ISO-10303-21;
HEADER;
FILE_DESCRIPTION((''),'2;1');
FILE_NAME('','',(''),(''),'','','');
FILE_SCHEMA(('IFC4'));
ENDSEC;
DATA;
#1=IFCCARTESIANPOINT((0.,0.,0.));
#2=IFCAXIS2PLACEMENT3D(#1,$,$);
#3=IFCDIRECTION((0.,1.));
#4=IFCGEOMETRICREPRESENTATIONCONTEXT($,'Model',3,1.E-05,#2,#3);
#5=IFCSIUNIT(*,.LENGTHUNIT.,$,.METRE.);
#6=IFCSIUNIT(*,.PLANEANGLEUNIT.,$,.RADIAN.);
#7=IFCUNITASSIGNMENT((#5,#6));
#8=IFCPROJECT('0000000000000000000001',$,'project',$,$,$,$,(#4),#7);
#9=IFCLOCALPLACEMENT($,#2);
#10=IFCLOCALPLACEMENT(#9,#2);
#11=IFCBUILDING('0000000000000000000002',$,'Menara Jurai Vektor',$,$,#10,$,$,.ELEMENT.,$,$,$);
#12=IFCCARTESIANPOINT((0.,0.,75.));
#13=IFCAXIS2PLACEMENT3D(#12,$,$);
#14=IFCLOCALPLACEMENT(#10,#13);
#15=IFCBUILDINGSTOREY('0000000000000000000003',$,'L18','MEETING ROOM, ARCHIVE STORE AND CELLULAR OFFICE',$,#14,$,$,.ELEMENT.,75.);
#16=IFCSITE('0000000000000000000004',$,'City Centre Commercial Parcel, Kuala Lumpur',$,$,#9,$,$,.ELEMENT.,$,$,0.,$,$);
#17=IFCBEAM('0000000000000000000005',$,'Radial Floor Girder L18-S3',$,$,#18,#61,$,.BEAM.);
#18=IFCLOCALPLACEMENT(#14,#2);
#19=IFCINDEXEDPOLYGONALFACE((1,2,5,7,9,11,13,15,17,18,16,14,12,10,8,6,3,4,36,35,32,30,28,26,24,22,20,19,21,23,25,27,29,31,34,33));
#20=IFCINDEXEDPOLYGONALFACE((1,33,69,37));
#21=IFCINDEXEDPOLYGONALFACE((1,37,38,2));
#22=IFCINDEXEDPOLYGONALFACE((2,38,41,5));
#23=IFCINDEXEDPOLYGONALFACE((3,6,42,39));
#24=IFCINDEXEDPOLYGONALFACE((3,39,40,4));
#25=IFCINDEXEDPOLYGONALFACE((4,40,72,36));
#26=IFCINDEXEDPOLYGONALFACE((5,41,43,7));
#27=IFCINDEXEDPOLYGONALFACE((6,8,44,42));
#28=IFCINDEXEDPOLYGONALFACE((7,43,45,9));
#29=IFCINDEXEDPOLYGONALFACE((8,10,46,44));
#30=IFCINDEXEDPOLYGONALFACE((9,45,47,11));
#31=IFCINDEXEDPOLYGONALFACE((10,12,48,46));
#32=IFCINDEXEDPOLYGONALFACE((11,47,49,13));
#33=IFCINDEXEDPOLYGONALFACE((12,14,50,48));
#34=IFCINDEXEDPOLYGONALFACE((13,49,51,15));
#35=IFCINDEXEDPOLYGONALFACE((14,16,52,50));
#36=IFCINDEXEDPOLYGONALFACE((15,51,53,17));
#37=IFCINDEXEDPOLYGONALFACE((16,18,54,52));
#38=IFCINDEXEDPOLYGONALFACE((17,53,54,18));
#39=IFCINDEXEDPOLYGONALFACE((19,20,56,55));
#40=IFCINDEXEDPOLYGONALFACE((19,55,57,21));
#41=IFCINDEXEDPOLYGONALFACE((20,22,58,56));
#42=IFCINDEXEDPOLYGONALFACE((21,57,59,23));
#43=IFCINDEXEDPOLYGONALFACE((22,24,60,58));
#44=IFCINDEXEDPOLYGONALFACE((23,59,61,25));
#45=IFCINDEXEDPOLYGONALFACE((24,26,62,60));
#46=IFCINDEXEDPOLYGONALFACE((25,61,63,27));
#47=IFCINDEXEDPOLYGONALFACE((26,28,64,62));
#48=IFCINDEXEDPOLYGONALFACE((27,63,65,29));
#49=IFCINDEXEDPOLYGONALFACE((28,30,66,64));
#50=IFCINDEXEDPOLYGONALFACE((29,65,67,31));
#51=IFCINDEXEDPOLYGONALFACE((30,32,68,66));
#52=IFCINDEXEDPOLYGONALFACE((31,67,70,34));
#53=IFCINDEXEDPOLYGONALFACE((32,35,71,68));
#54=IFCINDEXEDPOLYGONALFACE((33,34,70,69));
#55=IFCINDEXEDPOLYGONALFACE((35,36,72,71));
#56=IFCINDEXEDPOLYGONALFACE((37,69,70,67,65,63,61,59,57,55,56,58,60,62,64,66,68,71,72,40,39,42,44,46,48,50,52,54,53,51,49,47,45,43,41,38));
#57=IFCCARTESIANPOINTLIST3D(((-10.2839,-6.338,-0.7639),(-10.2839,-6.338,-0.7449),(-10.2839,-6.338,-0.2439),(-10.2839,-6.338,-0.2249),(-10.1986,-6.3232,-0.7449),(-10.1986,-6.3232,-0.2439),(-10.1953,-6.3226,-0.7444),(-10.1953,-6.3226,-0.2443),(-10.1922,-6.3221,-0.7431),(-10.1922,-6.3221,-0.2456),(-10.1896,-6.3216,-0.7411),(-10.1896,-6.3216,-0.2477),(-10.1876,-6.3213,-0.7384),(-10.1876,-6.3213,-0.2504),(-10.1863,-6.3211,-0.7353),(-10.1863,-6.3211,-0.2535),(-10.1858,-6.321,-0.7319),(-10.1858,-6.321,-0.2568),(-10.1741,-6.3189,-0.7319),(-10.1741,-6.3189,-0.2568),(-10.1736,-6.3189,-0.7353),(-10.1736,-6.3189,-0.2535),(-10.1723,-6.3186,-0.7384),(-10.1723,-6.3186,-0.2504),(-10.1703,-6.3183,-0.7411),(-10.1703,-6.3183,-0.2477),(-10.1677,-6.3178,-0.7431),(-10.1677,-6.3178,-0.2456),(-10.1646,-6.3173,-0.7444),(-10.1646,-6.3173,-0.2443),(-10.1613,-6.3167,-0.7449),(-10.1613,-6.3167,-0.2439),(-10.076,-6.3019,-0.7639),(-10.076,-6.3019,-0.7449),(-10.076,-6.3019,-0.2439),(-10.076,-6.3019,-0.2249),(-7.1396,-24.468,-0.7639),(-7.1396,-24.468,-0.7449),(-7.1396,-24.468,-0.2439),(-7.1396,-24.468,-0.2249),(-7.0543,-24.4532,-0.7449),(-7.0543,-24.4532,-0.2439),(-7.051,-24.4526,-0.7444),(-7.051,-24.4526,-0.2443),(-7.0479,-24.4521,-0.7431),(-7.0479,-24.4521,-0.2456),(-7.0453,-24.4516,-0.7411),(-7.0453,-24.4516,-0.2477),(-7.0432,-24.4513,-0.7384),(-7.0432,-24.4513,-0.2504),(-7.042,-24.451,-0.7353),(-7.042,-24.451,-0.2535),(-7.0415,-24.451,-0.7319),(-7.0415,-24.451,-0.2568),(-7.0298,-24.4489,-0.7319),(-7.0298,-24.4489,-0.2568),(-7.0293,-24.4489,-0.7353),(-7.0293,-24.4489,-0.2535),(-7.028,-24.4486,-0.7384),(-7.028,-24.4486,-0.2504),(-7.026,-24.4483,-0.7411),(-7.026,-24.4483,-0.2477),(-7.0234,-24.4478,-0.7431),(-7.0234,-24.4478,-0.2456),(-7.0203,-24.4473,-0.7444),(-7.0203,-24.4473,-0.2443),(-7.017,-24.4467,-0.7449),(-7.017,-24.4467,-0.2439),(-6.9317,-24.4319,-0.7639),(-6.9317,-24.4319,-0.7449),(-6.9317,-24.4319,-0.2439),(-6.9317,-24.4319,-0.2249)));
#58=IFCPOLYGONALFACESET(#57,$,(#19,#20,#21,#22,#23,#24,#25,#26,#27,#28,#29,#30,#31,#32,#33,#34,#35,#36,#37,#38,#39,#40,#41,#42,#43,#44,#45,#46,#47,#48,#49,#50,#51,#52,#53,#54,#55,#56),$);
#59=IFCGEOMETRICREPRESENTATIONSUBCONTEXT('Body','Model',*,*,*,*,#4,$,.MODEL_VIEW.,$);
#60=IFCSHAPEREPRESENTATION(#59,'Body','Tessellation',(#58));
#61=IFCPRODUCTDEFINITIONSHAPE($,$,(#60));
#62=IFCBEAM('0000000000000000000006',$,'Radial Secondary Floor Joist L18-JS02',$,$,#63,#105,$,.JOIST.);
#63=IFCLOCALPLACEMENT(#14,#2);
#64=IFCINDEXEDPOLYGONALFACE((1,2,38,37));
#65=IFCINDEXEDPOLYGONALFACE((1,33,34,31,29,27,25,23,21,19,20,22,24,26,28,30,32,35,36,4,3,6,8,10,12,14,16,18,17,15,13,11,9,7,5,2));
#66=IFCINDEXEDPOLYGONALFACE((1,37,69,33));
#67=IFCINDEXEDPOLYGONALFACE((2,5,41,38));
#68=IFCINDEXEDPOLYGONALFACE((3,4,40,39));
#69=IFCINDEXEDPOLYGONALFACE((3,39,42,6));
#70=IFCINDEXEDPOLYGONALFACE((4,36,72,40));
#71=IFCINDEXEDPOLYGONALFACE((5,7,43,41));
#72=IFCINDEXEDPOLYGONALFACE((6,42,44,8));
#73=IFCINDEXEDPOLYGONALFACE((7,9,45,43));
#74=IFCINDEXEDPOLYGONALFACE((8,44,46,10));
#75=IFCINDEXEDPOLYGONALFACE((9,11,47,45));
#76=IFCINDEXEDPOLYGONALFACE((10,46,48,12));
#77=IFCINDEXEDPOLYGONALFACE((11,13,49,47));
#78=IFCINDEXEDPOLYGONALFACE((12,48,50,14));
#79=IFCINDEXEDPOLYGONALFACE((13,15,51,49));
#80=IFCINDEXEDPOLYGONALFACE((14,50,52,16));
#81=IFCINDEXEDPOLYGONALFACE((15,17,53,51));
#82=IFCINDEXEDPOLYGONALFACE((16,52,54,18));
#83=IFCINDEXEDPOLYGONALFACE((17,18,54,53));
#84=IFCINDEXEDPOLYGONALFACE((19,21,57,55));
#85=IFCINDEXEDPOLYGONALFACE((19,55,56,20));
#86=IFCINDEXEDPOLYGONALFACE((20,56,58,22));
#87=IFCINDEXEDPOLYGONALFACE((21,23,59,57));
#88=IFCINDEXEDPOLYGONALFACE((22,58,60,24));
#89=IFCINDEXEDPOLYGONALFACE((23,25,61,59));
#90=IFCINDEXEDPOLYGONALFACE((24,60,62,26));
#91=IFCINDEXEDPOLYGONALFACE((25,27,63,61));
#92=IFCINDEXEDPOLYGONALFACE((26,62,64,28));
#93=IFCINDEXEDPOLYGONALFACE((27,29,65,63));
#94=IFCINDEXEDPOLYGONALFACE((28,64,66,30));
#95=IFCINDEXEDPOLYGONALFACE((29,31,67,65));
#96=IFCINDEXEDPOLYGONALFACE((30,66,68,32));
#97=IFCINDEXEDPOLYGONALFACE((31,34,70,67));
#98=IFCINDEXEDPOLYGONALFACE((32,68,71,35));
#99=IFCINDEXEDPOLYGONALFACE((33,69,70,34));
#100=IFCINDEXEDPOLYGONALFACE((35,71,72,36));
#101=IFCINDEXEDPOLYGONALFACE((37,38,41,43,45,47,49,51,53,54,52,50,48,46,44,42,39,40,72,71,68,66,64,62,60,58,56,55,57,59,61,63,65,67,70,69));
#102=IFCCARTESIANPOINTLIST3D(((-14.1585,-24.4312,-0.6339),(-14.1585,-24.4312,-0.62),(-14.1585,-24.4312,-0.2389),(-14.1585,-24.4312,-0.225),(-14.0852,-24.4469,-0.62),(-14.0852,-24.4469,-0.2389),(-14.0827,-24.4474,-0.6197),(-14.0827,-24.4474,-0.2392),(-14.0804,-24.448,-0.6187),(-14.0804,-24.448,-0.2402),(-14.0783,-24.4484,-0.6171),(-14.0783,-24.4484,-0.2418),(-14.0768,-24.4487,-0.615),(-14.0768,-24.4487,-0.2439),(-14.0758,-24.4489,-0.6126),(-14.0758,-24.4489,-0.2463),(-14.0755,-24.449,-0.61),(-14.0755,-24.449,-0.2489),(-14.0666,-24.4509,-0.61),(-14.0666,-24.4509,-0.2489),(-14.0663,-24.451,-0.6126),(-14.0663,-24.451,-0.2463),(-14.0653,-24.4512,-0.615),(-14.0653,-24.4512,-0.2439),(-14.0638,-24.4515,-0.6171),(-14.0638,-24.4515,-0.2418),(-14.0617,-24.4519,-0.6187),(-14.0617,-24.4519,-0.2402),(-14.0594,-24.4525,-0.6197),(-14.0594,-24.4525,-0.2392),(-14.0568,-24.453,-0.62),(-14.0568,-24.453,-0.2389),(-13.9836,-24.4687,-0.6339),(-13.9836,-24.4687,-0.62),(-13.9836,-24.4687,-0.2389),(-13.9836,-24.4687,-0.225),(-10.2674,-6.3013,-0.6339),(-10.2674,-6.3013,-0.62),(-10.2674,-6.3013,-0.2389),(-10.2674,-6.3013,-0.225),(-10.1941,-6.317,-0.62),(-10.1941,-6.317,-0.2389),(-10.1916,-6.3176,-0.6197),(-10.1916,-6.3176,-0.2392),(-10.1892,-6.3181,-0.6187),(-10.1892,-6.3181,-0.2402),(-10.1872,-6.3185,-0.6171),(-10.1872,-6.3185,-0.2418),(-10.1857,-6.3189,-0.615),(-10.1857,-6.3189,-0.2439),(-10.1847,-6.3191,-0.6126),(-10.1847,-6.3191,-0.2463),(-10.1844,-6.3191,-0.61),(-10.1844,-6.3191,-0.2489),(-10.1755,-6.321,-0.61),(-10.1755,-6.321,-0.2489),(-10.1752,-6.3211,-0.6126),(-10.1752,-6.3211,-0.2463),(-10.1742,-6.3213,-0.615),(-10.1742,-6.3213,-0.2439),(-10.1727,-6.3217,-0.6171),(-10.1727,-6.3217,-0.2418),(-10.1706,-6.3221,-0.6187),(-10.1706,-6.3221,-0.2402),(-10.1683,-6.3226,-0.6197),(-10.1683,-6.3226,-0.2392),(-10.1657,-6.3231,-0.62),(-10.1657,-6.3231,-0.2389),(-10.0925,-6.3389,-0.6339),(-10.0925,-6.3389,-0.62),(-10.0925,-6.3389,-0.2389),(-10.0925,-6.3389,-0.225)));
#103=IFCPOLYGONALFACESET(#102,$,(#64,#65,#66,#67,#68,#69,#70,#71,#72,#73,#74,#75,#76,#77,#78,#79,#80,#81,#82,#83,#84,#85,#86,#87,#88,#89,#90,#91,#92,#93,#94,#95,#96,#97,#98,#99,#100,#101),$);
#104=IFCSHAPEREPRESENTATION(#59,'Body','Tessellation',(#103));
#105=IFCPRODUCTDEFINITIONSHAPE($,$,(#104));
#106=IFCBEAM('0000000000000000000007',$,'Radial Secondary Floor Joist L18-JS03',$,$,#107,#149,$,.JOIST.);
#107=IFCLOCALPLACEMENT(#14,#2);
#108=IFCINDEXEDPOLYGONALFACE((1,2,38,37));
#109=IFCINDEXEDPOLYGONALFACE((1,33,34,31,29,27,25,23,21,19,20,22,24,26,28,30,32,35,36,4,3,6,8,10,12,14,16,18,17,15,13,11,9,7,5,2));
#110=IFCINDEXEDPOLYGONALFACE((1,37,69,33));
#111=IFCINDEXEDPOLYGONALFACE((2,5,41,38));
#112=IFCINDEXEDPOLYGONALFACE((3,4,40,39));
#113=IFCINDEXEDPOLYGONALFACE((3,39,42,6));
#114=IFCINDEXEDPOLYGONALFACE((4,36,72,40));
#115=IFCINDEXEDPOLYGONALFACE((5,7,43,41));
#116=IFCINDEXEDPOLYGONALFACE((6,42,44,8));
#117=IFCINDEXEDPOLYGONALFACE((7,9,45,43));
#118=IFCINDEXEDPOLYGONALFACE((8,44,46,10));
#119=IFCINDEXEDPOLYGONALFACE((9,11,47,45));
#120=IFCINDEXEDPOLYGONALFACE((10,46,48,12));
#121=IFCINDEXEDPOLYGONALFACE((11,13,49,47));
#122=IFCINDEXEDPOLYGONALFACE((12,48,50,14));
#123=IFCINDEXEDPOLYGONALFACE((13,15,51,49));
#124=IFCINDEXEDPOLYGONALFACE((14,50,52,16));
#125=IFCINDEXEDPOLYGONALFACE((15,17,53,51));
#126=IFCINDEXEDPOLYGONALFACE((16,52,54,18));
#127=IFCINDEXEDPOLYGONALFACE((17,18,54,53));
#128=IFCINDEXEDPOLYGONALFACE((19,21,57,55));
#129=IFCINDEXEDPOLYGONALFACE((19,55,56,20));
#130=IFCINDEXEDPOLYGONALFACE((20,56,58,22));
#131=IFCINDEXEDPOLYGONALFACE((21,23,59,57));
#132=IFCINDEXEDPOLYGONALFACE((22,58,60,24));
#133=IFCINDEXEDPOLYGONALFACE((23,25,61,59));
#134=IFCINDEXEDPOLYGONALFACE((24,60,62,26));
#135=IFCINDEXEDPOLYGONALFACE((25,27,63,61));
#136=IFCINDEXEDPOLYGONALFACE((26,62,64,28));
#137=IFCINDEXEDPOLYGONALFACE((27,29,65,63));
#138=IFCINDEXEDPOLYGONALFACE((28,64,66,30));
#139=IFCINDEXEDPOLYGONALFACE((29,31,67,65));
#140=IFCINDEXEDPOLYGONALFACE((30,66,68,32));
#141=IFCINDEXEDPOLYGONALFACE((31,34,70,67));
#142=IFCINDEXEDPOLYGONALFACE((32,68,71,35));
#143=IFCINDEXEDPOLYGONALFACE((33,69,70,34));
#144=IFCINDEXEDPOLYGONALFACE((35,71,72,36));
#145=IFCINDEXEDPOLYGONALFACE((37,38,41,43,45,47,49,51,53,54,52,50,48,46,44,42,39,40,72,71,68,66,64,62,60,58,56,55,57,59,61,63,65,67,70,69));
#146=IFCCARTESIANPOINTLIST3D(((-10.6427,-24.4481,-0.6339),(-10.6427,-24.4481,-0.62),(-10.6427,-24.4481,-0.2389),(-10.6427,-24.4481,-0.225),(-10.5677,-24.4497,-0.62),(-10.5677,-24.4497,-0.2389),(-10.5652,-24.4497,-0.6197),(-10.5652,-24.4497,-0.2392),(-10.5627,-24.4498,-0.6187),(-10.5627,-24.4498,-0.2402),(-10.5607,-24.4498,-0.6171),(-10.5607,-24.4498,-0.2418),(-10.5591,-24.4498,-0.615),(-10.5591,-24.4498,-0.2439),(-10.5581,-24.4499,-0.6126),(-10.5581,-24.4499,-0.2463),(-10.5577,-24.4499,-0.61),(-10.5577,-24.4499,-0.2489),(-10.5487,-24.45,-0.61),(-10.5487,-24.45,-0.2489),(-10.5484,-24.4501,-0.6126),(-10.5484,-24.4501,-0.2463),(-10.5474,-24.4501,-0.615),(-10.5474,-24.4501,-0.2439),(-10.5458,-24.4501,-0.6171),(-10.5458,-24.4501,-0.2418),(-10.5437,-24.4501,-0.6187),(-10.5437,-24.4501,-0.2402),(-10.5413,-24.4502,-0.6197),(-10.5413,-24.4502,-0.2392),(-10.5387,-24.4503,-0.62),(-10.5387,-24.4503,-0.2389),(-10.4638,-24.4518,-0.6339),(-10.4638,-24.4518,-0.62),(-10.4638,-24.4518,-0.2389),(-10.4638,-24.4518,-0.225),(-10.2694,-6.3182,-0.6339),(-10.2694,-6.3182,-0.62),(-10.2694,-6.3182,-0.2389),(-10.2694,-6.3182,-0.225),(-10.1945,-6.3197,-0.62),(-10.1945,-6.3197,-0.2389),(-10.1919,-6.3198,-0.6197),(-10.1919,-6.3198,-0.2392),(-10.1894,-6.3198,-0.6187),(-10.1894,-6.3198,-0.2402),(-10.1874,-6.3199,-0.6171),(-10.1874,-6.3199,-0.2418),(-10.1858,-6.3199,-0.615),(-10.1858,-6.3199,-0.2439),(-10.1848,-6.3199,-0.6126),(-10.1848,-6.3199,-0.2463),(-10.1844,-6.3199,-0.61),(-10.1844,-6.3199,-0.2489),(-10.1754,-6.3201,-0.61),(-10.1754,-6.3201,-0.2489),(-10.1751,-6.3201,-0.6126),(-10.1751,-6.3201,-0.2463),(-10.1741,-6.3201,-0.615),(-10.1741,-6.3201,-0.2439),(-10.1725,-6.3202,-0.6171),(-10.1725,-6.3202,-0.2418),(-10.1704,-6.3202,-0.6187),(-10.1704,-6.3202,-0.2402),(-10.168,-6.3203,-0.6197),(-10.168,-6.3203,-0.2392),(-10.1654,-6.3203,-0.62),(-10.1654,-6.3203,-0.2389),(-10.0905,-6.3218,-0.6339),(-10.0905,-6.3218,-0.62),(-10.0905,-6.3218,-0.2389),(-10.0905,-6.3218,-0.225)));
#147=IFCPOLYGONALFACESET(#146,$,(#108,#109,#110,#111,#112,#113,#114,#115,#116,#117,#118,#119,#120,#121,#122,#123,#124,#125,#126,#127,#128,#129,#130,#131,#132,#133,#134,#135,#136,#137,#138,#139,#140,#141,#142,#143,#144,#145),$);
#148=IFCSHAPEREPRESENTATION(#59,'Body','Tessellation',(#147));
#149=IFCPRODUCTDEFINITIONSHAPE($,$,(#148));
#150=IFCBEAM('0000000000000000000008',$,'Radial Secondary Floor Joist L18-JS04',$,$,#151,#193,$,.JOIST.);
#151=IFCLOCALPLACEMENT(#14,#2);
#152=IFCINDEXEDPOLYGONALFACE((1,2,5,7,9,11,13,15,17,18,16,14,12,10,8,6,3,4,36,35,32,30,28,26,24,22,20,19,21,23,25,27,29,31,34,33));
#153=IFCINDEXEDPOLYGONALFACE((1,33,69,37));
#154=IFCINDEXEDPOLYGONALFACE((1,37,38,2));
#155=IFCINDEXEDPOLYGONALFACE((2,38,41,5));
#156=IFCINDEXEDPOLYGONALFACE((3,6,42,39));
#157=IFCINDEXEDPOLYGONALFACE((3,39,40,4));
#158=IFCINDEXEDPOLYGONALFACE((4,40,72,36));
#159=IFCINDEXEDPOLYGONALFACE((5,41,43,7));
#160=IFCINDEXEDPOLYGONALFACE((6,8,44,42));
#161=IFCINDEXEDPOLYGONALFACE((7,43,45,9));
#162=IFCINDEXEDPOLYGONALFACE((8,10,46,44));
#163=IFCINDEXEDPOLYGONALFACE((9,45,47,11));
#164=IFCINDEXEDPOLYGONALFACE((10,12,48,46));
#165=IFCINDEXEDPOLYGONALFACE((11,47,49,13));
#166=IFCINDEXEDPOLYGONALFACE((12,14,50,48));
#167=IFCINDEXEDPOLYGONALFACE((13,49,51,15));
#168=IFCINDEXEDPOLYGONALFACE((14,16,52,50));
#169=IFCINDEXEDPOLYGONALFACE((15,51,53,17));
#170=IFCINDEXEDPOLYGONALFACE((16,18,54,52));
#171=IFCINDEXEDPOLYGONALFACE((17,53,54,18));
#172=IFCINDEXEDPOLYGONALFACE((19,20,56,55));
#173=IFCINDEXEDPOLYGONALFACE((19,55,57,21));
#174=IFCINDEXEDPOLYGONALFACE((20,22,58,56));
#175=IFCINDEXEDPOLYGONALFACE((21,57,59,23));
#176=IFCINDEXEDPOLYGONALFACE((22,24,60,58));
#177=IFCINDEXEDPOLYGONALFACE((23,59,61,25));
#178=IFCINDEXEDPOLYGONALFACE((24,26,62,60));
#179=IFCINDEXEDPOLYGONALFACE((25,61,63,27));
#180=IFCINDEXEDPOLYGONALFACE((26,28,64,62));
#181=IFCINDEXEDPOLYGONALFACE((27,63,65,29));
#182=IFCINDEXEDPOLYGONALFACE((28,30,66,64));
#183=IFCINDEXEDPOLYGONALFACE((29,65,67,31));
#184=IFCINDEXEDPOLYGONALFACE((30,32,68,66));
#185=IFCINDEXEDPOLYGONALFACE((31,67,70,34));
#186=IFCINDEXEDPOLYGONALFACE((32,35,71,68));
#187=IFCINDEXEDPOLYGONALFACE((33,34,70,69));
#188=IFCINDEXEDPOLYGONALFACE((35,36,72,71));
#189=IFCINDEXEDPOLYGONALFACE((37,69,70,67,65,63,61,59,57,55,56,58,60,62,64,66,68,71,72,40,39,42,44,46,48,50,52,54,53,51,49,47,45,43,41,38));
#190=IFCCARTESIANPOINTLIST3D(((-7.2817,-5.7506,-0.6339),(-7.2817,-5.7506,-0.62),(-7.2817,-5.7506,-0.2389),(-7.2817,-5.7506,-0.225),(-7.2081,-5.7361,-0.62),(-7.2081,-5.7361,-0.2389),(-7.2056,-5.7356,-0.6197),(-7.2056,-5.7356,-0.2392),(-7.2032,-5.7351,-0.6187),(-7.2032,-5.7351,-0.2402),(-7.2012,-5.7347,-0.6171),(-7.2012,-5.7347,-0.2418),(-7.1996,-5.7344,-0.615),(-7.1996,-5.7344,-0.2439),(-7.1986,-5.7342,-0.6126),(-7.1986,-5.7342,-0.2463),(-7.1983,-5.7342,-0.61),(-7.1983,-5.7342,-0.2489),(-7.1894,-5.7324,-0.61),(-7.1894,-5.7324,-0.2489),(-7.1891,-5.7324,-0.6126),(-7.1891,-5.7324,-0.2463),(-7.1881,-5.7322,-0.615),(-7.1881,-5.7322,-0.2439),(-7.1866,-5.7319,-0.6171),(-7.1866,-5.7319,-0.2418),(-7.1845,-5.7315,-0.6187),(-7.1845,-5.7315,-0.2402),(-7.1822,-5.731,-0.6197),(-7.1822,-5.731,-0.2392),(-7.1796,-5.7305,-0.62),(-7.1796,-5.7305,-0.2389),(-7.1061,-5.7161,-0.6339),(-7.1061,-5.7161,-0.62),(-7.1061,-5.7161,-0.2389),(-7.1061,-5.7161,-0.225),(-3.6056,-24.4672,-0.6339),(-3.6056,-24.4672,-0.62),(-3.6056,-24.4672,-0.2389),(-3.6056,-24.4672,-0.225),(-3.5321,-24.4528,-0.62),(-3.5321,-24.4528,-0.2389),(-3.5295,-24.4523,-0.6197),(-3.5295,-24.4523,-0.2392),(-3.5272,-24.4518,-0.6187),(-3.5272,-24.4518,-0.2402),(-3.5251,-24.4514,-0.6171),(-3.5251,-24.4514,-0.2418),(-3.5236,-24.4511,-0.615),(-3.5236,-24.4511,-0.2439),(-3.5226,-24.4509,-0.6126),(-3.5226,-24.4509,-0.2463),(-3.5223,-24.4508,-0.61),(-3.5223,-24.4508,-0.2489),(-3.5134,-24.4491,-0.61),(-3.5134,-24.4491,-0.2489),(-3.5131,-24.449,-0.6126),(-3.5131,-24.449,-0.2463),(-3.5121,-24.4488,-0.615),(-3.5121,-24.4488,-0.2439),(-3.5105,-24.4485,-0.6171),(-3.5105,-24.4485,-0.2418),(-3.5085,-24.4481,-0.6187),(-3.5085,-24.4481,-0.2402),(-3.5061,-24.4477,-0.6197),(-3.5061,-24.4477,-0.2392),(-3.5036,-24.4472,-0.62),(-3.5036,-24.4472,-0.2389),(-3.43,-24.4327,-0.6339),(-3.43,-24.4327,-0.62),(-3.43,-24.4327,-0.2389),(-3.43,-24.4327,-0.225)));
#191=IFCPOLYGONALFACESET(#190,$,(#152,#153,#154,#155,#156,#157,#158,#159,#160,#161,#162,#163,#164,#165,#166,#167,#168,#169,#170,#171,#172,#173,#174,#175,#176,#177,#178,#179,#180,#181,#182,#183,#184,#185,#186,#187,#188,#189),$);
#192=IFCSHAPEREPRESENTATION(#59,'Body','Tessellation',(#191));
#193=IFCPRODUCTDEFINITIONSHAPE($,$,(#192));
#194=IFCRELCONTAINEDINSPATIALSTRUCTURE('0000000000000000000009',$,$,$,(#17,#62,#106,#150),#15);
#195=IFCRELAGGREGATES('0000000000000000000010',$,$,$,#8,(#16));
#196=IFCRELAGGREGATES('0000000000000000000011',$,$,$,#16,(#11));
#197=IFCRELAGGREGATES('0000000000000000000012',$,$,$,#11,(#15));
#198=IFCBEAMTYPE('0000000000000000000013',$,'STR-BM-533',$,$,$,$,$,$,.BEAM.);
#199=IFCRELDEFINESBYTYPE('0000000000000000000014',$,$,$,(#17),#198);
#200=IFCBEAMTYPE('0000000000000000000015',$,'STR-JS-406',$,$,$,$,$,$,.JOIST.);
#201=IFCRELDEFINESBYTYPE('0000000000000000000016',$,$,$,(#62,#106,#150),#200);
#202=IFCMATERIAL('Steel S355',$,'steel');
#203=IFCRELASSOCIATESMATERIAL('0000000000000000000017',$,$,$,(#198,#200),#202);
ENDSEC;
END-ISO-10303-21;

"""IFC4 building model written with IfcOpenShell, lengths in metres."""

from ifc_helpers import new_model, si_unit, direction, frame, origin, origin_2d, place, context, subcontext, project, spatial, i_section, extrude, material, material_profile, profile_set, type_object, element, save


model = new_model("IFC4")

# Units and contexts
model_context = context("Model", 3, precision=1e-05, world=origin(), true_north=direction((0.0, 1.0)))
body_context = subcontext(model_context, "Body", "Model", "MODEL_VIEW")
ifc_project = project(units=[si_unit("LENGTHUNIT", "METRE"), si_unit("PLANEANGLEUNIT", "RADIAN")], contexts=[model_context])

# Site, building, storey
site_placement = place(None, origin())
site = spatial("IfcSite", under=ifc_project, at=site_placement, Name="City Centre Commercial Parcel, Kuala Lumpur", CompositionType="ELEMENT", RefElevation=0.0)
building_placement = place(site_placement, origin())
building = spatial("IfcBuilding", under=site, at=building_placement, Name="Menara Jurai Vektor", CompositionType="ELEMENT")
storey_placement = place(building_placement, frame((0.0, 0.0, 75.0)))
storey = spatial("IfcBuildingStorey", under=building, at=storey_placement, Name="L18", Description="MEETING ROOM, ARCHIVE STORE AND CELLULAR OFFICE", CompositionType="ELEMENT", Elevation=75.0)

# Beams
ifc_material_1 = material(Name="Steel S355", Category="steel")
ifc_material_profile_1 = material_profile(ifc_material_1, i_section(OverallWidth=0.2109, OverallDepth=0.5391, WebThickness=0.012, FlangeThickness=0.019, FilletRadius=0.0129, at=origin_2d()), Name="UKB 533x210x109")
ifc_profile_set_1 = profile_set([ifc_material_profile_1], Name="Steel S355")
beam_type_1 = type_object("IfcBeamType", Name="STR-BM-533", PredefinedType="BEAM", material=ifc_profile_set_1)
beam_1_placement = place(storey_placement, frame((-7.0356, -24.45, -0.4944), z_axis=(-0.17088, 0.985292, 0.0), x_axis=(-0.985292, -0.17088, 0.0)))
element("IfcBeam", 1, at=beam_1_placement, inside=storey, type_object=beam_type_1, Name="Radial Floor Girder L18-S3", PredefinedType="BEAM", context=body_context, shape_type="SweptSolid", body=[
    extrude(i_section(OverallWidth=0.2109, OverallDepth=0.5391, WebThickness=0.012, FlangeThickness=0.019, FilletRadius=0.0129, at=origin_2d()), origin(), (0.0, 0.0, 1.0), 18.4006),
])
ifc_material_profile_2 = material_profile(ifc_material_1, i_section(OverallWidth=0.179, OverallDepth=0.4089, WebThickness=0.009, FlangeThickness=0.0139, FilletRadius=0.01, at=origin_2d()), Name="UKB 406x178x67")
ifc_profile_set_2 = profile_set([ifc_material_profile_2], Name="Steel S355")
beam_type_2 = type_object("IfcBeamType", Name="STR-JS-406", PredefinedType="JOIST", material=ifc_profile_set_2)
beam_2_placement = place(storey_placement, frame((-14.071, -24.45, -0.4294), z_axis=(0.209846, 0.977735, 0.0), x_axis=(-0.977735, 0.209846, 0.0)))
element("IfcBeam", 2, at=beam_2_placement, inside=storey, type_object=beam_type_2, Name="Radial Secondary Floor Joist L18-JS02", PredefinedType="JOIST", context=body_context, shape_type="SweptSolid", body=[
    extrude(i_section(OverallWidth=0.179, OverallDepth=0.4089, WebThickness=0.009, FlangeThickness=0.0139, FilletRadius=0.01, at=origin_2d()), origin(), (0.0, 0.0, 1.0), 18.5427),
])
beam_3_placement = place(storey_placement, frame((-10.5532, -24.45, -0.4294), z_axis=(0.020585, 0.999788, 0.0), x_axis=(-0.999788, 0.020585, 0.0)))
element("IfcBeam", 3, at=beam_3_placement, inside=storey, type_object=beam_type_2, Name="Radial Secondary Floor Joist L18-JS03", PredefinedType="JOIST", context=body_context, shape_type="SweptSolid", body=[
    extrude(i_section(OverallWidth=0.179, OverallDepth=0.4089, WebThickness=0.009, FlangeThickness=0.0139, FilletRadius=0.01, at=origin_2d()), origin(), (0.0, 0.0, 1.0), 18.1338),
])
beam_4_placement = place(storey_placement, frame((-3.5178, -24.45, -0.4294), z_axis=(-0.192723, 0.981253, 0.0), x_axis=(-0.981253, -0.192723, 0.0)))
element("IfcBeam", 4, at=beam_4_placement, inside=storey, type_object=beam_type_2, Name="Radial Secondary Floor Joist L18-JS04", PredefinedType="JOIST", context=body_context, shape_type="SweptSolid", body=[
    extrude(i_section(OverallWidth=0.179, OverallDepth=0.4089, WebThickness=0.009, FlangeThickness=0.0139, FilletRadius=0.01, at=origin_2d()), origin(), (0.0, 0.0, 1.0), 19.0742),
])

save(model, "model.ifc")
